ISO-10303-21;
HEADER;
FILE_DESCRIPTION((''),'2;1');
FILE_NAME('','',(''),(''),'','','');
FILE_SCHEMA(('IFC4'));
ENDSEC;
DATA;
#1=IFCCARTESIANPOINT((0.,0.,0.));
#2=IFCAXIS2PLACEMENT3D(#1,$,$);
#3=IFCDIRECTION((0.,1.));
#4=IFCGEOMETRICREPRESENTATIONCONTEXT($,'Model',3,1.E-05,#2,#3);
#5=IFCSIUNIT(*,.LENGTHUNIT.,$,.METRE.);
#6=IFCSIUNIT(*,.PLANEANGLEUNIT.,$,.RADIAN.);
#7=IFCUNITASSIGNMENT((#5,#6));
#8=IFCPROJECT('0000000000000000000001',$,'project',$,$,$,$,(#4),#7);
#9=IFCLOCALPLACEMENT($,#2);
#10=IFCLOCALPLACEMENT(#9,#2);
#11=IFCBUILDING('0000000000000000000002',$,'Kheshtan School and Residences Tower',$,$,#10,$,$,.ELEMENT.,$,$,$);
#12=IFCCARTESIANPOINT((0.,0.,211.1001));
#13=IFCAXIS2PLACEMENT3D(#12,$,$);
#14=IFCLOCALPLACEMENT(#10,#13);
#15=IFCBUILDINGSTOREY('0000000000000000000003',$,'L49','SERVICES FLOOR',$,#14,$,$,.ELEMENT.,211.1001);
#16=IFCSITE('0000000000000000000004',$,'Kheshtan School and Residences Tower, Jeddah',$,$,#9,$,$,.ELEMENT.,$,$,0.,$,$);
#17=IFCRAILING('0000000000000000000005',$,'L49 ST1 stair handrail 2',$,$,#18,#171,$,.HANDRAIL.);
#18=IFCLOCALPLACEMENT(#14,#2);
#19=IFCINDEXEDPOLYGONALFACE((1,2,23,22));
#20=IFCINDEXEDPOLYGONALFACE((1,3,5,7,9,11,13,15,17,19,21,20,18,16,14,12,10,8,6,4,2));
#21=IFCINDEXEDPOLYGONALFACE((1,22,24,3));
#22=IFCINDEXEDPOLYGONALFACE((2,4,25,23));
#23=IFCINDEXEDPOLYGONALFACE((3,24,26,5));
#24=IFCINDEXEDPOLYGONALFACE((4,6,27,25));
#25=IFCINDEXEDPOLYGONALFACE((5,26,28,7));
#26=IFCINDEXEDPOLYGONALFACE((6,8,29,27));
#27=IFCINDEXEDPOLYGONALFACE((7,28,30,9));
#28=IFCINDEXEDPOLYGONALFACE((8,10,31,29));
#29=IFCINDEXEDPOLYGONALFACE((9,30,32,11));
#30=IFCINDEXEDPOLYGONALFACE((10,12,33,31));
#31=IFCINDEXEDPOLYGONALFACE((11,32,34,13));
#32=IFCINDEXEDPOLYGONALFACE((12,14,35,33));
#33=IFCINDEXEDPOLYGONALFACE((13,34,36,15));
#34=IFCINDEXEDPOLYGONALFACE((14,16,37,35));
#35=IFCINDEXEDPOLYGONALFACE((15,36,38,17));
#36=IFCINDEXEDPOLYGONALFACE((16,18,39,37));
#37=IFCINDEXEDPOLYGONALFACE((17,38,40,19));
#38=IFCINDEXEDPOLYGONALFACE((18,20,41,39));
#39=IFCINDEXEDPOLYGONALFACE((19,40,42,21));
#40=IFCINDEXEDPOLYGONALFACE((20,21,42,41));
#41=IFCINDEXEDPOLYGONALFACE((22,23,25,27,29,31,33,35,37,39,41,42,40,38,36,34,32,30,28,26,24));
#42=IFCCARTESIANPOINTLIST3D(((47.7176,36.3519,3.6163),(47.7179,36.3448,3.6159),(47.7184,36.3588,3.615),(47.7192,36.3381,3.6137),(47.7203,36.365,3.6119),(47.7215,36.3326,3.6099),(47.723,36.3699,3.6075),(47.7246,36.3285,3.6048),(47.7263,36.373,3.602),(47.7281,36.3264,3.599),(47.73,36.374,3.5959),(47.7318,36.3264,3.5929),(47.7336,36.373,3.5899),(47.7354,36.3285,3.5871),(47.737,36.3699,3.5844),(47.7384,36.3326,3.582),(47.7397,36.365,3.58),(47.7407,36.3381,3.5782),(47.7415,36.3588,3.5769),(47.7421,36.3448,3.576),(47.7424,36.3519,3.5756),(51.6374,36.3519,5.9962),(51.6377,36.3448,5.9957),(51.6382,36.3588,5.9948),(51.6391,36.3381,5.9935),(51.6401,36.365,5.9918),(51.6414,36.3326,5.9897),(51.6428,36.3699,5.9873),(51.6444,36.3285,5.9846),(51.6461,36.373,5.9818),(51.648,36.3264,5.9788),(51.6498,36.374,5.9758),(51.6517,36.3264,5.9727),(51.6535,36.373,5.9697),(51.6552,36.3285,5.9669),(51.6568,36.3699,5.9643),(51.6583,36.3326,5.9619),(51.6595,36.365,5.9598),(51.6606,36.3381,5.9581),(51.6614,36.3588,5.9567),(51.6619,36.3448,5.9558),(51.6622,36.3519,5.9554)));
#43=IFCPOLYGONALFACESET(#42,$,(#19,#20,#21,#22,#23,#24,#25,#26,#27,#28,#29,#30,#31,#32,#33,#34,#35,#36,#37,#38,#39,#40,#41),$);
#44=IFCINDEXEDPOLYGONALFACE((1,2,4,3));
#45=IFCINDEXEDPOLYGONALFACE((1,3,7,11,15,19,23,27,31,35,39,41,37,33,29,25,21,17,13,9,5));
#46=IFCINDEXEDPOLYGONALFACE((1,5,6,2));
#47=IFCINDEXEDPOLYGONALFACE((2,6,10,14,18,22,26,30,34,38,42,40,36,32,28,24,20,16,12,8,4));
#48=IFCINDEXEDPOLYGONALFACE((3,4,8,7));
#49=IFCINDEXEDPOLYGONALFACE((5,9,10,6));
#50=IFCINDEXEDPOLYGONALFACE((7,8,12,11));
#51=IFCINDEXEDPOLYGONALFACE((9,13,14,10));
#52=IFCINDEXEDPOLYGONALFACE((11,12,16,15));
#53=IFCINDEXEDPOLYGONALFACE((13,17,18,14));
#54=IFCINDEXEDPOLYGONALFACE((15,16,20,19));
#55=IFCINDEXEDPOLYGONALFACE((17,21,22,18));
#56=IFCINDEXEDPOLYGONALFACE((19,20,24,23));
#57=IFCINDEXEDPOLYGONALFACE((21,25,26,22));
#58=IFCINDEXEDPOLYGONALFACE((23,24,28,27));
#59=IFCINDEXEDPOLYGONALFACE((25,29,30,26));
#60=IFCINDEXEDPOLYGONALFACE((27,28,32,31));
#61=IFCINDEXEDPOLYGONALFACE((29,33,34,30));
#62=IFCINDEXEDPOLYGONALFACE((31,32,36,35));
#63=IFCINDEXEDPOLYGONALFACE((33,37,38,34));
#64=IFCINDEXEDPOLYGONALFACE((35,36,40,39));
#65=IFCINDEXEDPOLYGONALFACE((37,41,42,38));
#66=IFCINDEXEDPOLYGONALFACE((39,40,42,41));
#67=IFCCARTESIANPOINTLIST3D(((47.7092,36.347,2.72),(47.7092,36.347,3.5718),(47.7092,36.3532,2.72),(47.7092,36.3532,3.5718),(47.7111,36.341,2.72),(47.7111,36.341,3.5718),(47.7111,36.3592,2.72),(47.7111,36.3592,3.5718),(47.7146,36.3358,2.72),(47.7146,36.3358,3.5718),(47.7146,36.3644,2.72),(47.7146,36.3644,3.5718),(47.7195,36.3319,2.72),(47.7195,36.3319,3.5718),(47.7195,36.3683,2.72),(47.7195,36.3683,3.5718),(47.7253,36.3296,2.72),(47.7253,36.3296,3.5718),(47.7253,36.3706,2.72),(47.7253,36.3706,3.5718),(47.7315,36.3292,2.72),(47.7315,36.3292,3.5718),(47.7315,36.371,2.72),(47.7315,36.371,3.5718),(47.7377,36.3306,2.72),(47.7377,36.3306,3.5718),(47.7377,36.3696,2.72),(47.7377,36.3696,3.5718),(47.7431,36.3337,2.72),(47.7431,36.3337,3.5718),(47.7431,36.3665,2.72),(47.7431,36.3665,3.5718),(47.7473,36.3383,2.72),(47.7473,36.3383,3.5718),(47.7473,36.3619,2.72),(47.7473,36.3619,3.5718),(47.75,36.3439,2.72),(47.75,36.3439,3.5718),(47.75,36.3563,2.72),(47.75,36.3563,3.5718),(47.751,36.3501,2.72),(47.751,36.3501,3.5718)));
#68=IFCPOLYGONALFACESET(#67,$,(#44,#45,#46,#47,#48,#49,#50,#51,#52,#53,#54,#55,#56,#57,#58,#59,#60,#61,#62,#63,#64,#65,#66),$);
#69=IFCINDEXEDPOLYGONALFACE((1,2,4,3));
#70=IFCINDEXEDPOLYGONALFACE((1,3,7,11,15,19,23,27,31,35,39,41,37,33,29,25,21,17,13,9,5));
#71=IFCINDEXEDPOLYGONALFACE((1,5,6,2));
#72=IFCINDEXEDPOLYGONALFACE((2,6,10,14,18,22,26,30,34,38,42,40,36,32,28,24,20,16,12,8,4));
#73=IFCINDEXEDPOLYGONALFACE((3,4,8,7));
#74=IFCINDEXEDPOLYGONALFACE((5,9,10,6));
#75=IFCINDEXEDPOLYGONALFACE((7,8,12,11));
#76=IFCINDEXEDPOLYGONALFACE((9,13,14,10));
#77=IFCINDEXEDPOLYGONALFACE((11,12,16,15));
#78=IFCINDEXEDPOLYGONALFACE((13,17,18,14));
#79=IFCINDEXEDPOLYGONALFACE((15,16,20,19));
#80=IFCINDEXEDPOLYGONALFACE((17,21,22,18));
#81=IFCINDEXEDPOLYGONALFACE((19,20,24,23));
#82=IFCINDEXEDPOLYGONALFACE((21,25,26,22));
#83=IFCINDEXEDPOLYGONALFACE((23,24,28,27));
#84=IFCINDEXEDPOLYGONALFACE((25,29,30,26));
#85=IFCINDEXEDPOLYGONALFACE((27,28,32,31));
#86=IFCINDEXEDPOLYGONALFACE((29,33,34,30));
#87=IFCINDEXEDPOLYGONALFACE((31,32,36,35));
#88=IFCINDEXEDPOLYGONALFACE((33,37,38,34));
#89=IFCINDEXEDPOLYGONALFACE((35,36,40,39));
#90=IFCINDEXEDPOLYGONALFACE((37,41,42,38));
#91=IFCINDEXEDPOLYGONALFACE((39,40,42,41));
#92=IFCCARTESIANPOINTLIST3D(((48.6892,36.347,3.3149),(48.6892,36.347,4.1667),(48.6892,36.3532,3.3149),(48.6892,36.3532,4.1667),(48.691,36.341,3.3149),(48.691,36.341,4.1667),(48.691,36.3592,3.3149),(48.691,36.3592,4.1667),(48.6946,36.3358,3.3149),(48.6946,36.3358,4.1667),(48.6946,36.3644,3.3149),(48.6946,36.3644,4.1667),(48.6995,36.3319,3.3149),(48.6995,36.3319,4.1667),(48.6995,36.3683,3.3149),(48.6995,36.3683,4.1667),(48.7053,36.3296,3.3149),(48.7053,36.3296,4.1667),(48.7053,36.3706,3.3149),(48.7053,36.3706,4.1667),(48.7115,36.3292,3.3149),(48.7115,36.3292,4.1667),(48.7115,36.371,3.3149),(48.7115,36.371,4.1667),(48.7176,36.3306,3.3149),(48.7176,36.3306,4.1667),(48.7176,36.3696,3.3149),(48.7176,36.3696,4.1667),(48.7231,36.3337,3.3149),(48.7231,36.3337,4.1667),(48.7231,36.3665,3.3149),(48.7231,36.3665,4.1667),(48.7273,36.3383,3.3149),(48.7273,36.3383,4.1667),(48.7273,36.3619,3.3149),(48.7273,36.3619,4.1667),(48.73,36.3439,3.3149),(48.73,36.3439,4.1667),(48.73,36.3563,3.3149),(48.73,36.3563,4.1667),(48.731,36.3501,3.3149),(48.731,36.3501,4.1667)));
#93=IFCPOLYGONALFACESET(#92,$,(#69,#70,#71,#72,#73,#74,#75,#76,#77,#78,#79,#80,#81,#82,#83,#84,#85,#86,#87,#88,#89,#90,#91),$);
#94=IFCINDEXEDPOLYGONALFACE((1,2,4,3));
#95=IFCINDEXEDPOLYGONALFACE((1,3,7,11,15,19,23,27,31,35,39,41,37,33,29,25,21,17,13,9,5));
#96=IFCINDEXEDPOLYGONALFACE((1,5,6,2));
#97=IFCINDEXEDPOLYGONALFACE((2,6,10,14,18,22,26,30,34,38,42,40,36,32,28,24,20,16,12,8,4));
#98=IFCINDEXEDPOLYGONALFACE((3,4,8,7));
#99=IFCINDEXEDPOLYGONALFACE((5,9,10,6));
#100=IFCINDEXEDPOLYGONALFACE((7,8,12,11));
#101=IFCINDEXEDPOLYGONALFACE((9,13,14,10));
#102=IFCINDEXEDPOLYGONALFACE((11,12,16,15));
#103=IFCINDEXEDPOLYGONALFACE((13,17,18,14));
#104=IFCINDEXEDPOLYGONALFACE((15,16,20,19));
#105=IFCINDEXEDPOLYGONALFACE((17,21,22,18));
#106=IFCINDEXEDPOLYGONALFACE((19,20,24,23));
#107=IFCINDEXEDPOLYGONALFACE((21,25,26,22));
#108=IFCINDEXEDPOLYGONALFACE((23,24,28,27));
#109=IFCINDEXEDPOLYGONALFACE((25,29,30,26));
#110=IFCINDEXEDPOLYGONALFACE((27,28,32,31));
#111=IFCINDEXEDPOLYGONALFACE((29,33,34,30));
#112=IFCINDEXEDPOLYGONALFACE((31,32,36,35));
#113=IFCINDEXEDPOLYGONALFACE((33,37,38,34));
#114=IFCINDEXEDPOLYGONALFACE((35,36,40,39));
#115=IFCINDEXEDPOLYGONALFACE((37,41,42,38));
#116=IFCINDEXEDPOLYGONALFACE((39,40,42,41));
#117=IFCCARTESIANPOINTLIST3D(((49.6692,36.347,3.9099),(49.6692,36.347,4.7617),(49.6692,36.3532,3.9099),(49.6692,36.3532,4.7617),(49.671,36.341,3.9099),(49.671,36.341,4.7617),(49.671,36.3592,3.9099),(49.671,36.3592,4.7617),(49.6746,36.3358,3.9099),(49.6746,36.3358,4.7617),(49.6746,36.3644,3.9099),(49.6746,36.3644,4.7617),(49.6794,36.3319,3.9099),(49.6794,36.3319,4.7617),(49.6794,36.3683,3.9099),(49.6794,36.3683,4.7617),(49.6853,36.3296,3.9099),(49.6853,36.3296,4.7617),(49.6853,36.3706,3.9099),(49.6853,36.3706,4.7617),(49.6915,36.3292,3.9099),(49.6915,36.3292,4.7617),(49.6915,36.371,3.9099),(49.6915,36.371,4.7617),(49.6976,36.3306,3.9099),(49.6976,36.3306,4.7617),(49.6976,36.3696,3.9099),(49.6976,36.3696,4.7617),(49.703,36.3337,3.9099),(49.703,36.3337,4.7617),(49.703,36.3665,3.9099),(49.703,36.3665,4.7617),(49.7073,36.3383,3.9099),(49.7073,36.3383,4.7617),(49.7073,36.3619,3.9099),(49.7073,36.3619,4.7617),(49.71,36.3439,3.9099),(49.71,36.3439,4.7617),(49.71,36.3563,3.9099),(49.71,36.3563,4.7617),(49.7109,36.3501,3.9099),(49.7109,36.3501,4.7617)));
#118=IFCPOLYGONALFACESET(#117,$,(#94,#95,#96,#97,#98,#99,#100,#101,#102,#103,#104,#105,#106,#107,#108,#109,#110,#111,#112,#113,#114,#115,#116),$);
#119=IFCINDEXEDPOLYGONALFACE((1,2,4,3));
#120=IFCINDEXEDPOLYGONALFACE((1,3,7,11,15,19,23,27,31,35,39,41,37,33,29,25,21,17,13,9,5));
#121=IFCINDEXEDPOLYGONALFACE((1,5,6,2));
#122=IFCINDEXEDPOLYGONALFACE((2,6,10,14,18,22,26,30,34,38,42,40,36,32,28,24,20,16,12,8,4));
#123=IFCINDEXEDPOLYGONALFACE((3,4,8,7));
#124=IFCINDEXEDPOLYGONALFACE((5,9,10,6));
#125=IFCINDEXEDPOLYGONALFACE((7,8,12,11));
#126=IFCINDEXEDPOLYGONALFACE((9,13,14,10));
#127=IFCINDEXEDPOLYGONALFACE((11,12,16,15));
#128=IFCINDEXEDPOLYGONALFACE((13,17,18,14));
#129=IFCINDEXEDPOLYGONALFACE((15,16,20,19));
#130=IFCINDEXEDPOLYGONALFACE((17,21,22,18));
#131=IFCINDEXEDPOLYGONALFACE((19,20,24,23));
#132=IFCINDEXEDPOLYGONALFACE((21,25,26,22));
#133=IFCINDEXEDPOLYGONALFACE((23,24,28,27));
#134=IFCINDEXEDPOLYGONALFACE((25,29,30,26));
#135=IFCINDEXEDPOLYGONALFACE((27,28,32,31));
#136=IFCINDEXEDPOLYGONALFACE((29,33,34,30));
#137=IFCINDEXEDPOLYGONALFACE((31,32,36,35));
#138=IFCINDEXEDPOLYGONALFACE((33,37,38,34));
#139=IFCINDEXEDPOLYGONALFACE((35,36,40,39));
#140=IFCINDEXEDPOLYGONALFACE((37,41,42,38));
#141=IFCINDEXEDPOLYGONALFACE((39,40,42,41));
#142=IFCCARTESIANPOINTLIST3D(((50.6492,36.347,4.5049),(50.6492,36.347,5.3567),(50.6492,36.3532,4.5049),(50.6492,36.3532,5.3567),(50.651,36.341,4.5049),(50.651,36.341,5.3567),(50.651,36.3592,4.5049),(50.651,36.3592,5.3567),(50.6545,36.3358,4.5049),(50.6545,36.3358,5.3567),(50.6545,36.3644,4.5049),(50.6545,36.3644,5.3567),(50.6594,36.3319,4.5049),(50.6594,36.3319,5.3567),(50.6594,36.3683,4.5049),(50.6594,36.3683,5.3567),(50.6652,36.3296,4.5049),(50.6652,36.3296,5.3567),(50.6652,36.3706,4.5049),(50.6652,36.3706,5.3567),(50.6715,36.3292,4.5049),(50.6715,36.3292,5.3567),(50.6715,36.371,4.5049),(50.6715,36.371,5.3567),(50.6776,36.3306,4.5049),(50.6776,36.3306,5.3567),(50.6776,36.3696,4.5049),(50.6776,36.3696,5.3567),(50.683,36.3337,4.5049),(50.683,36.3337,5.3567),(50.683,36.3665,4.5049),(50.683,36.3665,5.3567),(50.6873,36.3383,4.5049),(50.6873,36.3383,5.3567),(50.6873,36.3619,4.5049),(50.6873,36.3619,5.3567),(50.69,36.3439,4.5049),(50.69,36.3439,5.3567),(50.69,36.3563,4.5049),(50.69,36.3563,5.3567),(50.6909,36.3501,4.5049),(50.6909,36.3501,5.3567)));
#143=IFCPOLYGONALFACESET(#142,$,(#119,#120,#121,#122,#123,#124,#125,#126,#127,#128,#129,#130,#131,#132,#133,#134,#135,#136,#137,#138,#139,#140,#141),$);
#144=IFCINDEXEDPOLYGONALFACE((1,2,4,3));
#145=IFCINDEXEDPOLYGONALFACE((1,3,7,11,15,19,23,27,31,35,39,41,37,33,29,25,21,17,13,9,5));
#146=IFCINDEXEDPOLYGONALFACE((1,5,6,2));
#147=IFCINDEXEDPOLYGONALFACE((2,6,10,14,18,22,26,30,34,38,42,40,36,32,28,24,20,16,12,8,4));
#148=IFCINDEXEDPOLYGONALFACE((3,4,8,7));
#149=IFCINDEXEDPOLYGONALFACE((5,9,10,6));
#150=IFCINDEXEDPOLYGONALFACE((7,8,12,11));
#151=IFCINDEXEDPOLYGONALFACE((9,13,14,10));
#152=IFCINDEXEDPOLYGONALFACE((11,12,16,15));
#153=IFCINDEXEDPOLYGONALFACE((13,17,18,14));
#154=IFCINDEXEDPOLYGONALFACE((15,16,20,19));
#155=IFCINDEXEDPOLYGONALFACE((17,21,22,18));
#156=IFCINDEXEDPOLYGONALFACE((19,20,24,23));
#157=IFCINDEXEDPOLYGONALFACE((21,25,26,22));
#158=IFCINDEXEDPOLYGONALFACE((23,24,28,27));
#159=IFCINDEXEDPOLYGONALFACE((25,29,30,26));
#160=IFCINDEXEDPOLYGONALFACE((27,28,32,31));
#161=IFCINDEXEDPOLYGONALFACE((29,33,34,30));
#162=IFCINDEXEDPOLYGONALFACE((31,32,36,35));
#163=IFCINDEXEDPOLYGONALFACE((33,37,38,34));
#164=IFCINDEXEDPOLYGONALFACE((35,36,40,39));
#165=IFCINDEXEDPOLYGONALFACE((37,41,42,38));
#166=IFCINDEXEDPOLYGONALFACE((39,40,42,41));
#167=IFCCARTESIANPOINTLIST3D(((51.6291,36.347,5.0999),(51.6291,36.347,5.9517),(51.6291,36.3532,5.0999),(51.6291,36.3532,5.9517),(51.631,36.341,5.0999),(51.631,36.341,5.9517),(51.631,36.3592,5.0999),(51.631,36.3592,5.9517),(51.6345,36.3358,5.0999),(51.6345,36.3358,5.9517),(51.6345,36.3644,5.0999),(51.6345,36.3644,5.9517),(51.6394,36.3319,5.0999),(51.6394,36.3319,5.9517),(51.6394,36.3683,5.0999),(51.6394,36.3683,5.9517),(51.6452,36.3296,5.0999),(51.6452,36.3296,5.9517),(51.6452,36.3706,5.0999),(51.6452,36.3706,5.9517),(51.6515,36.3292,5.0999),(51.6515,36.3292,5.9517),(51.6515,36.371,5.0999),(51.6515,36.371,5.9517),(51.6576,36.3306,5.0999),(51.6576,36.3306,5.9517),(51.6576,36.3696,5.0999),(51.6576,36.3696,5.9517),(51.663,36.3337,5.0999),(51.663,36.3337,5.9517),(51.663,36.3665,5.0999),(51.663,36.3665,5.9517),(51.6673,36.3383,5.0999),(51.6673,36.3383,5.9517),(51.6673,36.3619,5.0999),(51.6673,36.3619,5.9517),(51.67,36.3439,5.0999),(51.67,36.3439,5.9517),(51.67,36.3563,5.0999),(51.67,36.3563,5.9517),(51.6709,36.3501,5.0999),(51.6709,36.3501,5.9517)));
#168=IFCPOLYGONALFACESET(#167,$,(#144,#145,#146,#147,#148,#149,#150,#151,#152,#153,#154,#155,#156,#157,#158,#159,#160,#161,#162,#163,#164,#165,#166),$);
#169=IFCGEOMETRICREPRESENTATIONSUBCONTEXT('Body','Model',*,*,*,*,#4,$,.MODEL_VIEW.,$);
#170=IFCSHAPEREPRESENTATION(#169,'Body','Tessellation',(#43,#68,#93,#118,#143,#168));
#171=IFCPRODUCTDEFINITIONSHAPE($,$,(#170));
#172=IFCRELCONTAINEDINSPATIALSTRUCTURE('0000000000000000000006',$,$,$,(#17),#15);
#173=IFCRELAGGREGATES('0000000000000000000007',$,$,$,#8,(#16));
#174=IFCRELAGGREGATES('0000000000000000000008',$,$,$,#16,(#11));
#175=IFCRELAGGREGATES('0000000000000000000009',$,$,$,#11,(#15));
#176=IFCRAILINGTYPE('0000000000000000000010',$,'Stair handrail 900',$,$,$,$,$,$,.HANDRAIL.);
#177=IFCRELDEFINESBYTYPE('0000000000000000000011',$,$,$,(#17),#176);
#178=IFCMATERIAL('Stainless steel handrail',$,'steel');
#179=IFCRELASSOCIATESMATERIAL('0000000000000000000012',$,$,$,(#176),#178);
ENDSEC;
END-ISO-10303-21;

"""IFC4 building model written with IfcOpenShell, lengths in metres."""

from ifc_helpers import new_model, si_unit, direction, frame, origin, origin_2d, place, context, subcontext, project, spatial, circle, extrude, material, type_object, element, save


model = new_model("IFC4")

# Units and contexts
model_context = context("Model", 3, precision=1e-05, world=origin(), true_north=direction((0.0, 1.0)))
body_context = subcontext(model_context, "Body", "Model", "MODEL_VIEW")
ifc_project = project(units=[si_unit("LENGTHUNIT", "METRE"), si_unit("PLANEANGLEUNIT", "RADIAN")], contexts=[model_context])

# Site, building, storey
site_placement = place(None, origin())
site = spatial("IfcSite", under=ifc_project, at=site_placement, Name="Kheshtan School and Residences Tower, Jeddah", CompositionType="ELEMENT", RefElevation=0.0)
building_placement = place(site_placement, origin())
building = spatial("IfcBuilding", under=site, at=building_placement, Name="Kheshtan School and Residences Tower", CompositionType="ELEMENT")
storey_placement = place(building_placement, frame((0.0, 0.0, 211.1001)))
storey = spatial("IfcBuildingStorey", under=building, at=storey_placement, Name="L49", Description="SERVICES FLOOR", CompositionType="ELEMENT", Elevation=211.1001)

# Railing
ifc_material_1 = material(Name="Stainless steel handrail", Category="steel")
railing_type_1 = type_object("IfcRailingType", Name="Stair handrail 900", PredefinedType="HANDRAIL", material=ifc_material_1)
railing_1_placement = place(storey_placement, frame((47.73, 36.3501, 2.72)))
element("IfcRailing", 1, at=railing_1_placement, inside=storey, type_object=railing_type_1, Name="L49 ST1 stair handrail 2", PredefinedType="HANDRAIL", context=body_context, shape_type="SweptSolid", body=[
    extrude(circle(Radius=0.0239, at=origin_2d()), frame((0.0, 0.0, 0.876), z_axis=(0.854794, 0.0, 0.518967), x_axis=(0.0, 1.0, 0.0)), (0.0, 0.0, 1.0), 4.5857),
    extrude(circle(Radius=0.021, at=origin_2d()), origin(), (0.0, 0.0, 1.0), 0.8518),
    extrude(circle(Radius=0.021, at=origin_2d()), frame((0.98, 0.0, 0.595)), (0.0, 0.0, 1.0), 0.8518),
    extrude(circle(Radius=0.021, at=origin_2d()), frame((1.96, 0.0, 1.1899)), (0.0, 0.0, 1.0), 0.8518),
    extrude(circle(Radius=0.021, at=origin_2d()), frame((2.9399, 0.0, 1.7849)), (0.0, 0.0, 1.0), 0.8518),
    extrude(circle(Radius=0.021, at=origin_2d()), frame((3.9199, 0.0, 2.3799)), (0.0, 0.0, 1.0), 0.8518),
])

save(model, "model.ifc")
